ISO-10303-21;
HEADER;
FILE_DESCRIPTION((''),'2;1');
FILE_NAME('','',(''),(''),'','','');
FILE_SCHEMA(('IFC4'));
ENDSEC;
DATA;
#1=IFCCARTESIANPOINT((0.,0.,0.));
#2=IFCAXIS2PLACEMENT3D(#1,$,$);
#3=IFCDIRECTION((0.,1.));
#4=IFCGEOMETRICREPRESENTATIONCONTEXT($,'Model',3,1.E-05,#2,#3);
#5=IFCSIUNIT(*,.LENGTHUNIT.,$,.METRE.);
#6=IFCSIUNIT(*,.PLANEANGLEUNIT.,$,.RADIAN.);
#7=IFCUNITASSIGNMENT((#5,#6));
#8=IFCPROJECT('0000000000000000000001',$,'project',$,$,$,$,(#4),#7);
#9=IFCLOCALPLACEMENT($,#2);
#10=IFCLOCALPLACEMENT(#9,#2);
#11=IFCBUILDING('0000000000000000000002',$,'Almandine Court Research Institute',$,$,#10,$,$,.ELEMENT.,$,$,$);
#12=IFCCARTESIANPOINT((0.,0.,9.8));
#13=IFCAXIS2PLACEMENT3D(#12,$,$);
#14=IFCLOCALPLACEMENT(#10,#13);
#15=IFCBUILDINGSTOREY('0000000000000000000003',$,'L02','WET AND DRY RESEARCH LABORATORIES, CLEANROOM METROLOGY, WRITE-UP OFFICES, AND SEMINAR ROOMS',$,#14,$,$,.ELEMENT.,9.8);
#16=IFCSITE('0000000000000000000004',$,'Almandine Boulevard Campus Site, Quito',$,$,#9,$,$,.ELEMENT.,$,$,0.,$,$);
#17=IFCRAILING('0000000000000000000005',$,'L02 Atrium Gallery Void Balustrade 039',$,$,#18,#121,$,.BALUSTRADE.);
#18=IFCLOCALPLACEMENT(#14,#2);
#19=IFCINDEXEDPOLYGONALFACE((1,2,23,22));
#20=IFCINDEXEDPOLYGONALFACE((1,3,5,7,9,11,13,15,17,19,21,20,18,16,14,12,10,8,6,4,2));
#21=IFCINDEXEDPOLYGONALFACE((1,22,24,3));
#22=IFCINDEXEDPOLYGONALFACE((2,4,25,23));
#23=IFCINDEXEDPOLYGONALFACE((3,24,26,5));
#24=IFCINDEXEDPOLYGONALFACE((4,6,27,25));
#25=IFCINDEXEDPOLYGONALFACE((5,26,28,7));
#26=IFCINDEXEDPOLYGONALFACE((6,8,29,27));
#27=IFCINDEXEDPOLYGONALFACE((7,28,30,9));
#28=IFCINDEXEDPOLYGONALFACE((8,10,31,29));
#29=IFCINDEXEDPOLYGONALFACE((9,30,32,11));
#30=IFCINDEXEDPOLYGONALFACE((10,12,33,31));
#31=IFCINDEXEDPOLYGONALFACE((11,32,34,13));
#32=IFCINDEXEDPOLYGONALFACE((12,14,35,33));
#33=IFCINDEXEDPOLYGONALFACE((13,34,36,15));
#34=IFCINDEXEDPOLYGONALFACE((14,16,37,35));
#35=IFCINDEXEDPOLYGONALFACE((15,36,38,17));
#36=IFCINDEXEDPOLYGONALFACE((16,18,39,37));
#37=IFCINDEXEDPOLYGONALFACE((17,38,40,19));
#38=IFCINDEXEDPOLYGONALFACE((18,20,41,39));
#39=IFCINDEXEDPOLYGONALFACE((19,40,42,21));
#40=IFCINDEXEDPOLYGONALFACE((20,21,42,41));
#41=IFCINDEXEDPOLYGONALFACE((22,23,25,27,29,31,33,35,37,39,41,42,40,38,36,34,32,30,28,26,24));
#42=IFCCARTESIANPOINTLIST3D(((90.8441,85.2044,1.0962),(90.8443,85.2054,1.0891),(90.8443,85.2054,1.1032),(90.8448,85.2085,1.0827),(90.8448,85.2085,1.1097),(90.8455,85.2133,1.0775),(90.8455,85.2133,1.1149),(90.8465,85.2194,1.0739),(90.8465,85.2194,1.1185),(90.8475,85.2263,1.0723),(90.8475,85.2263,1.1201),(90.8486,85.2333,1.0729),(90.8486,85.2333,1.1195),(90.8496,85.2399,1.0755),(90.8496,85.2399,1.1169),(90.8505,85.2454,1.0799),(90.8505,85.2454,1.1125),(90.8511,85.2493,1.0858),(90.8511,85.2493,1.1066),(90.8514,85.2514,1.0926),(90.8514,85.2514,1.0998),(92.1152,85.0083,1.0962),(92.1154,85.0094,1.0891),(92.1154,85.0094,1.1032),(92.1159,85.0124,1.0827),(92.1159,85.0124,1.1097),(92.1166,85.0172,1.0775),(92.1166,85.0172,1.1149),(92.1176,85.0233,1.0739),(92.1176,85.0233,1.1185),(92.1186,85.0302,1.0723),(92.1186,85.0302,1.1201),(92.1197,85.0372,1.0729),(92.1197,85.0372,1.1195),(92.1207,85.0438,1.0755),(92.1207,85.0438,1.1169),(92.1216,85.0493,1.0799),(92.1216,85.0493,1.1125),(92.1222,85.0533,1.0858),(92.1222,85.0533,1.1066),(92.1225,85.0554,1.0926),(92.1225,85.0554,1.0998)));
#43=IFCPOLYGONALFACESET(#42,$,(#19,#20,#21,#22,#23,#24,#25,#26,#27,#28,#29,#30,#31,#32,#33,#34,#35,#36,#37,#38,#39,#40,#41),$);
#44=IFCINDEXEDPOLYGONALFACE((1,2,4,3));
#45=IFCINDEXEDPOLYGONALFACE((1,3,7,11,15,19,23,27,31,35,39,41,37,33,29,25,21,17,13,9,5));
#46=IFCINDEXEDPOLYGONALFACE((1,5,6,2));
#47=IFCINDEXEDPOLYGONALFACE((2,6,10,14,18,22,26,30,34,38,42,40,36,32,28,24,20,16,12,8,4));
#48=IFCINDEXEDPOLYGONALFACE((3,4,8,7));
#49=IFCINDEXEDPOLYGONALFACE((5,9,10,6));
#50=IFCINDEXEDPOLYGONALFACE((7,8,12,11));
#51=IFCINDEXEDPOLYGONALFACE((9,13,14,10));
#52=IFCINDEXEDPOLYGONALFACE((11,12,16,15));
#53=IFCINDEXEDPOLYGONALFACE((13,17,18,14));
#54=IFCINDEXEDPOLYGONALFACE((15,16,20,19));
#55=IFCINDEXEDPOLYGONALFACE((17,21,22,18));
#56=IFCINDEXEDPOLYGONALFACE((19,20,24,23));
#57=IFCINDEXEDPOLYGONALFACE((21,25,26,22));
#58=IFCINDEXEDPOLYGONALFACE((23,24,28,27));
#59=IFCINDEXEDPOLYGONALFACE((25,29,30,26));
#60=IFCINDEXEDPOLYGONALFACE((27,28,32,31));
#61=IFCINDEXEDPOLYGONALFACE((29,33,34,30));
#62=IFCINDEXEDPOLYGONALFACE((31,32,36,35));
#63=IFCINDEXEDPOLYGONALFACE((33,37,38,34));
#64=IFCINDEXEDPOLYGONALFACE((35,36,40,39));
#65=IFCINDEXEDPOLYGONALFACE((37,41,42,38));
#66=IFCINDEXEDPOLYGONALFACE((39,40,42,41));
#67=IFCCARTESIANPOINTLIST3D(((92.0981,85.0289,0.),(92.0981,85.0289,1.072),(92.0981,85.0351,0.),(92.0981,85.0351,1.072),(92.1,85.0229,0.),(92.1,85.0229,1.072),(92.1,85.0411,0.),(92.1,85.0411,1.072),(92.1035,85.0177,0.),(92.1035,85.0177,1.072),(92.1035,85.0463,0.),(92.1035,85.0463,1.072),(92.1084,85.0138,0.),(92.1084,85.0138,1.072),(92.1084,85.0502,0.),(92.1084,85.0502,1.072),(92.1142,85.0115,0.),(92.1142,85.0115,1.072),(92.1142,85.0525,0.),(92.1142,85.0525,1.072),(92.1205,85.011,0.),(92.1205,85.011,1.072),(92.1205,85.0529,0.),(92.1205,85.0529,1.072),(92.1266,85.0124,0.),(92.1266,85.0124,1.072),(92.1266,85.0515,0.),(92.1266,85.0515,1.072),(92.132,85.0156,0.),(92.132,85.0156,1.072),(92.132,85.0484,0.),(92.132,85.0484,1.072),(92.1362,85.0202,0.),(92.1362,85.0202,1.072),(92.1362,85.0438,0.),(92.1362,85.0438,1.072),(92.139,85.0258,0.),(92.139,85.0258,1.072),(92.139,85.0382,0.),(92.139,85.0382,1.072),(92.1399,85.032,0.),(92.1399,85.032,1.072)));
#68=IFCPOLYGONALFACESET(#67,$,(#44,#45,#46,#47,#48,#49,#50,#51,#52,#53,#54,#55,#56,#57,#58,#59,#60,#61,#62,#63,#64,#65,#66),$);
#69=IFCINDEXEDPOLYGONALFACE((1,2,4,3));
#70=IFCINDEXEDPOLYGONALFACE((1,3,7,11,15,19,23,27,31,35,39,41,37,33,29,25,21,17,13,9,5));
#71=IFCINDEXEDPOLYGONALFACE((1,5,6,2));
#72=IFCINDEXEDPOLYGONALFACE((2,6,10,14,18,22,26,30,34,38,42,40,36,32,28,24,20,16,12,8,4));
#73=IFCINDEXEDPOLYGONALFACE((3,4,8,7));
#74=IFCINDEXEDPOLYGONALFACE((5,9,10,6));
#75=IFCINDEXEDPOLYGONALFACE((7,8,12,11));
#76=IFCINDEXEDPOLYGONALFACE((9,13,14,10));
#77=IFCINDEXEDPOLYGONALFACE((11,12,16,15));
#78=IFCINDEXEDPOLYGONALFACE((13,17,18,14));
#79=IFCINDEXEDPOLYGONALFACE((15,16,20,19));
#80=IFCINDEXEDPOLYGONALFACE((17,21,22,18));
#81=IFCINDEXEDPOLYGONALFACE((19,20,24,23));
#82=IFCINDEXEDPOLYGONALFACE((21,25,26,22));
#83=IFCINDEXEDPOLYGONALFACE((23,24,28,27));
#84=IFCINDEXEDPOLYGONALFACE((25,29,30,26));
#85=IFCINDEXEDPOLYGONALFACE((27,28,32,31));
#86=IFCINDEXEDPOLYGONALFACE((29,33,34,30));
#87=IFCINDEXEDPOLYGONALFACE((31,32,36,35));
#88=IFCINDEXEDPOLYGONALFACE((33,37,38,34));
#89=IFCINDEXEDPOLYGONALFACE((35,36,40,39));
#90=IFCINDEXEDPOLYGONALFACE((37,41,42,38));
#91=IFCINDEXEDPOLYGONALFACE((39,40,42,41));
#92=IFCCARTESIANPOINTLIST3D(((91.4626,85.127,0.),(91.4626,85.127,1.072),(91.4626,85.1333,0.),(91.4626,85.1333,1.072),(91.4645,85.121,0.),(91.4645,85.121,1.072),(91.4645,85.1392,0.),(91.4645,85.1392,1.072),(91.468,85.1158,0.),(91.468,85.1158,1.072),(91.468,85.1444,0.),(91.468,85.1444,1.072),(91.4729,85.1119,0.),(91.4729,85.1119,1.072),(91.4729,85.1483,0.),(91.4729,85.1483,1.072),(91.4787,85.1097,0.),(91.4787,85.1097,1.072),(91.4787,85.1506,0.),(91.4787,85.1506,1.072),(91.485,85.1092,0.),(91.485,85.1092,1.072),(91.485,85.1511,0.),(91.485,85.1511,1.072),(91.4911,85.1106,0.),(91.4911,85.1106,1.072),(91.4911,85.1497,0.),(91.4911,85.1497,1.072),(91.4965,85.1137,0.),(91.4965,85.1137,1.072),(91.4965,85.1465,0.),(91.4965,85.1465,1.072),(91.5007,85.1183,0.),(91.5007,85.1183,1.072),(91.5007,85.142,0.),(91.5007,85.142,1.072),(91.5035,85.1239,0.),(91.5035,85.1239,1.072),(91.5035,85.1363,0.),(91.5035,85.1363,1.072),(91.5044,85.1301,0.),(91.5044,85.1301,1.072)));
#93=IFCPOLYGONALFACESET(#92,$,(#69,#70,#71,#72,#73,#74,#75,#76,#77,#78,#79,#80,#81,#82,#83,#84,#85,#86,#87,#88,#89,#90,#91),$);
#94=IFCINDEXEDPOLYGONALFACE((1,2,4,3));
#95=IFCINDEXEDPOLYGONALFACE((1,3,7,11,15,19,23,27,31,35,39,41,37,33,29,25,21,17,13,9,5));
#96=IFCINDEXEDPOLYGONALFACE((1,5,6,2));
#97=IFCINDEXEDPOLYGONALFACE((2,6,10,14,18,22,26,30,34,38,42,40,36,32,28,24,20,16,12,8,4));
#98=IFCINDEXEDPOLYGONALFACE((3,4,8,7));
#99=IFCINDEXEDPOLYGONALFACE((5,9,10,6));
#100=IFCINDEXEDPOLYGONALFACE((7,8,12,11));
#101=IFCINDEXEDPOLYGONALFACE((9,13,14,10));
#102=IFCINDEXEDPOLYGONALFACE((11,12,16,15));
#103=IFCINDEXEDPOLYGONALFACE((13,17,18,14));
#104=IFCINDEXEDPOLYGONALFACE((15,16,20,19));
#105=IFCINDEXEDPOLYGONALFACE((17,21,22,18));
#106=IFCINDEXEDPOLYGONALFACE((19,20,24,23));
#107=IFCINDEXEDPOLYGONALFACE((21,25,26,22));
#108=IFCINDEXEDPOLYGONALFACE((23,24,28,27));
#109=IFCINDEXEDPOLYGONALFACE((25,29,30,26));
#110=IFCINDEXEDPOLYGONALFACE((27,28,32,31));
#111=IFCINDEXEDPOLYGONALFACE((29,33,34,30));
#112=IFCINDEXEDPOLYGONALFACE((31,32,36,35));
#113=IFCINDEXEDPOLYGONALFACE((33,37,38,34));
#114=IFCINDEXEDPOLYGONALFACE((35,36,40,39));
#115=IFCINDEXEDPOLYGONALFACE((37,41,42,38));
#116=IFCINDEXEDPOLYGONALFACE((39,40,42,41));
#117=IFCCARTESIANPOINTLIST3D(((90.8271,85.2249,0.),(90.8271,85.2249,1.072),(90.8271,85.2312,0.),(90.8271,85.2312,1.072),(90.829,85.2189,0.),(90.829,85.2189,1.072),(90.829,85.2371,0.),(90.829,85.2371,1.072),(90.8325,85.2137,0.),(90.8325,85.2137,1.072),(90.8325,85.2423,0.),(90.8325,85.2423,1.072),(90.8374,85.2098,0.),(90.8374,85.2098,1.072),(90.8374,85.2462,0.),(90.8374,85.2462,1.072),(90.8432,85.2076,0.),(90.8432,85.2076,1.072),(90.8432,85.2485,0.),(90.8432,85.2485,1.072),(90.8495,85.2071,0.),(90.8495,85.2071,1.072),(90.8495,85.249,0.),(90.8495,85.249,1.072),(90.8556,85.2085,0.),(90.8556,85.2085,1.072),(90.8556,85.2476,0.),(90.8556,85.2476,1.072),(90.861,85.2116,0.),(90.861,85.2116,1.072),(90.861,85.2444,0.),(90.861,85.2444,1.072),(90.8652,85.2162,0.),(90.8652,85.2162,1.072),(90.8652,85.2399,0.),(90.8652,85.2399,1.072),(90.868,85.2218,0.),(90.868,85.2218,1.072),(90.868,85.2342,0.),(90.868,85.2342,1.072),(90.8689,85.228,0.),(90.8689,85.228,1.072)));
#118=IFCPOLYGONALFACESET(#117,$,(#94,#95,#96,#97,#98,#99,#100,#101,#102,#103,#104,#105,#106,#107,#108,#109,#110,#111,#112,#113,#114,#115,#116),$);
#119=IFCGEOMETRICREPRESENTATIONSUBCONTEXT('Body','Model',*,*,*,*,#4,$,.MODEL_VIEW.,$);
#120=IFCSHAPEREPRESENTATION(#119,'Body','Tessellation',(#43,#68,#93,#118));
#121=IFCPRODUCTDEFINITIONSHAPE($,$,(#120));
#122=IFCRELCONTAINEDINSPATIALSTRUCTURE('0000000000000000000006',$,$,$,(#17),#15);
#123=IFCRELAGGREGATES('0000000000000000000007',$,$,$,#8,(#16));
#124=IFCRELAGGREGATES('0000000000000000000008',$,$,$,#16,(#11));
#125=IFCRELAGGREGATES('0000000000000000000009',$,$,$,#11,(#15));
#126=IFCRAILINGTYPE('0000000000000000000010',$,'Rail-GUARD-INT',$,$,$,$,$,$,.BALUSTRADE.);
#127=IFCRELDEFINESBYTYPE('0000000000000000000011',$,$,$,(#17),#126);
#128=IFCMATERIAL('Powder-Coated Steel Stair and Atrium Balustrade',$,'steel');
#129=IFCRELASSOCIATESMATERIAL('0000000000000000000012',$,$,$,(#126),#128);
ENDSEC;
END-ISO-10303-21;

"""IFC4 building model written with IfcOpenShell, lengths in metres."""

from ifc_helpers import new_model, si_unit, direction, frame, origin, origin_2d, place, context, subcontext, project, spatial, circle, extrude, material, type_object, element, save


model = new_model("IFC4")

# Units and contexts
model_context = context("Model", 3, precision=1e-05, world=origin(), true_north=direction((0.0, 1.0)))
body_context = subcontext(model_context, "Body", "Model", "MODEL_VIEW")
ifc_project = project(units=[si_unit("LENGTHUNIT", "METRE"), si_unit("PLANEANGLEUNIT", "RADIAN")], contexts=[model_context])

# Site, building, storey
site_placement = place(None, origin())
site = spatial("IfcSite", under=ifc_project, at=site_placement, Name="Almandine Boulevard Campus Site, Quito", CompositionType="ELEMENT", RefElevation=0.0)
building_placement = place(site_placement, origin())
building = spatial("IfcBuilding", under=site, at=building_placement, Name="Almandine Court Research Institute", CompositionType="ELEMENT")
storey_placement = place(building_placement, frame((0.0, 0.0, 9.8)))
storey = spatial("IfcBuildingStorey", under=building, at=storey_placement, Name="L02", Description="WET AND DRY RESEARCH LABORATORIES, CLEANROOM METROLOGY, WRITE-UP OFFICES, AND SEMINAR ROOMS", CompositionType="ELEMENT", Elevation=9.8)

# Railing
ifc_material_1 = material(Name="Powder-Coated Steel Stair and Atrium Balustrade", Category="steel")
railing_type = type_object("IfcRailingType", Name="Rail-GUARD-INT", PredefinedType="BALUSTRADE", material=ifc_material_1)
railing_1_placement = place(storey_placement, frame((92.1189, 85.032, 0.0)))
element("IfcRailing", 1, at=railing_1_placement, inside=storey, type_object=railing_type, Name="L02 Atrium Gallery Void Balustrade 039", PredefinedType="BALUSTRADE", context=body_context, shape_type="SweptSolid", body=[
    extrude(circle(Radius=0.0239, at=origin_2d()), frame((0.0, 0.0, 1.0962), z_axis=(-0.988312, 0.152442, 0.0), x_axis=(-0.152442, -0.988312, 0.0)), (0.0, 0.0, 1.0), 1.2861),
    extrude(circle(Radius=0.021, at=origin_2d()), origin(), (0.0, 0.0, 1.0), 1.072),
    extrude(circle(Radius=0.021, at=origin_2d()), frame((-0.6355, 0.0981, 0.0)), (0.0, 0.0, 1.0), 1.072),
    extrude(circle(Radius=0.021, at=origin_2d()), frame((-1.271, 0.196, 0.0)), (0.0, 0.0, 1.0), 1.072),
])

save(model, "model.ifc")
